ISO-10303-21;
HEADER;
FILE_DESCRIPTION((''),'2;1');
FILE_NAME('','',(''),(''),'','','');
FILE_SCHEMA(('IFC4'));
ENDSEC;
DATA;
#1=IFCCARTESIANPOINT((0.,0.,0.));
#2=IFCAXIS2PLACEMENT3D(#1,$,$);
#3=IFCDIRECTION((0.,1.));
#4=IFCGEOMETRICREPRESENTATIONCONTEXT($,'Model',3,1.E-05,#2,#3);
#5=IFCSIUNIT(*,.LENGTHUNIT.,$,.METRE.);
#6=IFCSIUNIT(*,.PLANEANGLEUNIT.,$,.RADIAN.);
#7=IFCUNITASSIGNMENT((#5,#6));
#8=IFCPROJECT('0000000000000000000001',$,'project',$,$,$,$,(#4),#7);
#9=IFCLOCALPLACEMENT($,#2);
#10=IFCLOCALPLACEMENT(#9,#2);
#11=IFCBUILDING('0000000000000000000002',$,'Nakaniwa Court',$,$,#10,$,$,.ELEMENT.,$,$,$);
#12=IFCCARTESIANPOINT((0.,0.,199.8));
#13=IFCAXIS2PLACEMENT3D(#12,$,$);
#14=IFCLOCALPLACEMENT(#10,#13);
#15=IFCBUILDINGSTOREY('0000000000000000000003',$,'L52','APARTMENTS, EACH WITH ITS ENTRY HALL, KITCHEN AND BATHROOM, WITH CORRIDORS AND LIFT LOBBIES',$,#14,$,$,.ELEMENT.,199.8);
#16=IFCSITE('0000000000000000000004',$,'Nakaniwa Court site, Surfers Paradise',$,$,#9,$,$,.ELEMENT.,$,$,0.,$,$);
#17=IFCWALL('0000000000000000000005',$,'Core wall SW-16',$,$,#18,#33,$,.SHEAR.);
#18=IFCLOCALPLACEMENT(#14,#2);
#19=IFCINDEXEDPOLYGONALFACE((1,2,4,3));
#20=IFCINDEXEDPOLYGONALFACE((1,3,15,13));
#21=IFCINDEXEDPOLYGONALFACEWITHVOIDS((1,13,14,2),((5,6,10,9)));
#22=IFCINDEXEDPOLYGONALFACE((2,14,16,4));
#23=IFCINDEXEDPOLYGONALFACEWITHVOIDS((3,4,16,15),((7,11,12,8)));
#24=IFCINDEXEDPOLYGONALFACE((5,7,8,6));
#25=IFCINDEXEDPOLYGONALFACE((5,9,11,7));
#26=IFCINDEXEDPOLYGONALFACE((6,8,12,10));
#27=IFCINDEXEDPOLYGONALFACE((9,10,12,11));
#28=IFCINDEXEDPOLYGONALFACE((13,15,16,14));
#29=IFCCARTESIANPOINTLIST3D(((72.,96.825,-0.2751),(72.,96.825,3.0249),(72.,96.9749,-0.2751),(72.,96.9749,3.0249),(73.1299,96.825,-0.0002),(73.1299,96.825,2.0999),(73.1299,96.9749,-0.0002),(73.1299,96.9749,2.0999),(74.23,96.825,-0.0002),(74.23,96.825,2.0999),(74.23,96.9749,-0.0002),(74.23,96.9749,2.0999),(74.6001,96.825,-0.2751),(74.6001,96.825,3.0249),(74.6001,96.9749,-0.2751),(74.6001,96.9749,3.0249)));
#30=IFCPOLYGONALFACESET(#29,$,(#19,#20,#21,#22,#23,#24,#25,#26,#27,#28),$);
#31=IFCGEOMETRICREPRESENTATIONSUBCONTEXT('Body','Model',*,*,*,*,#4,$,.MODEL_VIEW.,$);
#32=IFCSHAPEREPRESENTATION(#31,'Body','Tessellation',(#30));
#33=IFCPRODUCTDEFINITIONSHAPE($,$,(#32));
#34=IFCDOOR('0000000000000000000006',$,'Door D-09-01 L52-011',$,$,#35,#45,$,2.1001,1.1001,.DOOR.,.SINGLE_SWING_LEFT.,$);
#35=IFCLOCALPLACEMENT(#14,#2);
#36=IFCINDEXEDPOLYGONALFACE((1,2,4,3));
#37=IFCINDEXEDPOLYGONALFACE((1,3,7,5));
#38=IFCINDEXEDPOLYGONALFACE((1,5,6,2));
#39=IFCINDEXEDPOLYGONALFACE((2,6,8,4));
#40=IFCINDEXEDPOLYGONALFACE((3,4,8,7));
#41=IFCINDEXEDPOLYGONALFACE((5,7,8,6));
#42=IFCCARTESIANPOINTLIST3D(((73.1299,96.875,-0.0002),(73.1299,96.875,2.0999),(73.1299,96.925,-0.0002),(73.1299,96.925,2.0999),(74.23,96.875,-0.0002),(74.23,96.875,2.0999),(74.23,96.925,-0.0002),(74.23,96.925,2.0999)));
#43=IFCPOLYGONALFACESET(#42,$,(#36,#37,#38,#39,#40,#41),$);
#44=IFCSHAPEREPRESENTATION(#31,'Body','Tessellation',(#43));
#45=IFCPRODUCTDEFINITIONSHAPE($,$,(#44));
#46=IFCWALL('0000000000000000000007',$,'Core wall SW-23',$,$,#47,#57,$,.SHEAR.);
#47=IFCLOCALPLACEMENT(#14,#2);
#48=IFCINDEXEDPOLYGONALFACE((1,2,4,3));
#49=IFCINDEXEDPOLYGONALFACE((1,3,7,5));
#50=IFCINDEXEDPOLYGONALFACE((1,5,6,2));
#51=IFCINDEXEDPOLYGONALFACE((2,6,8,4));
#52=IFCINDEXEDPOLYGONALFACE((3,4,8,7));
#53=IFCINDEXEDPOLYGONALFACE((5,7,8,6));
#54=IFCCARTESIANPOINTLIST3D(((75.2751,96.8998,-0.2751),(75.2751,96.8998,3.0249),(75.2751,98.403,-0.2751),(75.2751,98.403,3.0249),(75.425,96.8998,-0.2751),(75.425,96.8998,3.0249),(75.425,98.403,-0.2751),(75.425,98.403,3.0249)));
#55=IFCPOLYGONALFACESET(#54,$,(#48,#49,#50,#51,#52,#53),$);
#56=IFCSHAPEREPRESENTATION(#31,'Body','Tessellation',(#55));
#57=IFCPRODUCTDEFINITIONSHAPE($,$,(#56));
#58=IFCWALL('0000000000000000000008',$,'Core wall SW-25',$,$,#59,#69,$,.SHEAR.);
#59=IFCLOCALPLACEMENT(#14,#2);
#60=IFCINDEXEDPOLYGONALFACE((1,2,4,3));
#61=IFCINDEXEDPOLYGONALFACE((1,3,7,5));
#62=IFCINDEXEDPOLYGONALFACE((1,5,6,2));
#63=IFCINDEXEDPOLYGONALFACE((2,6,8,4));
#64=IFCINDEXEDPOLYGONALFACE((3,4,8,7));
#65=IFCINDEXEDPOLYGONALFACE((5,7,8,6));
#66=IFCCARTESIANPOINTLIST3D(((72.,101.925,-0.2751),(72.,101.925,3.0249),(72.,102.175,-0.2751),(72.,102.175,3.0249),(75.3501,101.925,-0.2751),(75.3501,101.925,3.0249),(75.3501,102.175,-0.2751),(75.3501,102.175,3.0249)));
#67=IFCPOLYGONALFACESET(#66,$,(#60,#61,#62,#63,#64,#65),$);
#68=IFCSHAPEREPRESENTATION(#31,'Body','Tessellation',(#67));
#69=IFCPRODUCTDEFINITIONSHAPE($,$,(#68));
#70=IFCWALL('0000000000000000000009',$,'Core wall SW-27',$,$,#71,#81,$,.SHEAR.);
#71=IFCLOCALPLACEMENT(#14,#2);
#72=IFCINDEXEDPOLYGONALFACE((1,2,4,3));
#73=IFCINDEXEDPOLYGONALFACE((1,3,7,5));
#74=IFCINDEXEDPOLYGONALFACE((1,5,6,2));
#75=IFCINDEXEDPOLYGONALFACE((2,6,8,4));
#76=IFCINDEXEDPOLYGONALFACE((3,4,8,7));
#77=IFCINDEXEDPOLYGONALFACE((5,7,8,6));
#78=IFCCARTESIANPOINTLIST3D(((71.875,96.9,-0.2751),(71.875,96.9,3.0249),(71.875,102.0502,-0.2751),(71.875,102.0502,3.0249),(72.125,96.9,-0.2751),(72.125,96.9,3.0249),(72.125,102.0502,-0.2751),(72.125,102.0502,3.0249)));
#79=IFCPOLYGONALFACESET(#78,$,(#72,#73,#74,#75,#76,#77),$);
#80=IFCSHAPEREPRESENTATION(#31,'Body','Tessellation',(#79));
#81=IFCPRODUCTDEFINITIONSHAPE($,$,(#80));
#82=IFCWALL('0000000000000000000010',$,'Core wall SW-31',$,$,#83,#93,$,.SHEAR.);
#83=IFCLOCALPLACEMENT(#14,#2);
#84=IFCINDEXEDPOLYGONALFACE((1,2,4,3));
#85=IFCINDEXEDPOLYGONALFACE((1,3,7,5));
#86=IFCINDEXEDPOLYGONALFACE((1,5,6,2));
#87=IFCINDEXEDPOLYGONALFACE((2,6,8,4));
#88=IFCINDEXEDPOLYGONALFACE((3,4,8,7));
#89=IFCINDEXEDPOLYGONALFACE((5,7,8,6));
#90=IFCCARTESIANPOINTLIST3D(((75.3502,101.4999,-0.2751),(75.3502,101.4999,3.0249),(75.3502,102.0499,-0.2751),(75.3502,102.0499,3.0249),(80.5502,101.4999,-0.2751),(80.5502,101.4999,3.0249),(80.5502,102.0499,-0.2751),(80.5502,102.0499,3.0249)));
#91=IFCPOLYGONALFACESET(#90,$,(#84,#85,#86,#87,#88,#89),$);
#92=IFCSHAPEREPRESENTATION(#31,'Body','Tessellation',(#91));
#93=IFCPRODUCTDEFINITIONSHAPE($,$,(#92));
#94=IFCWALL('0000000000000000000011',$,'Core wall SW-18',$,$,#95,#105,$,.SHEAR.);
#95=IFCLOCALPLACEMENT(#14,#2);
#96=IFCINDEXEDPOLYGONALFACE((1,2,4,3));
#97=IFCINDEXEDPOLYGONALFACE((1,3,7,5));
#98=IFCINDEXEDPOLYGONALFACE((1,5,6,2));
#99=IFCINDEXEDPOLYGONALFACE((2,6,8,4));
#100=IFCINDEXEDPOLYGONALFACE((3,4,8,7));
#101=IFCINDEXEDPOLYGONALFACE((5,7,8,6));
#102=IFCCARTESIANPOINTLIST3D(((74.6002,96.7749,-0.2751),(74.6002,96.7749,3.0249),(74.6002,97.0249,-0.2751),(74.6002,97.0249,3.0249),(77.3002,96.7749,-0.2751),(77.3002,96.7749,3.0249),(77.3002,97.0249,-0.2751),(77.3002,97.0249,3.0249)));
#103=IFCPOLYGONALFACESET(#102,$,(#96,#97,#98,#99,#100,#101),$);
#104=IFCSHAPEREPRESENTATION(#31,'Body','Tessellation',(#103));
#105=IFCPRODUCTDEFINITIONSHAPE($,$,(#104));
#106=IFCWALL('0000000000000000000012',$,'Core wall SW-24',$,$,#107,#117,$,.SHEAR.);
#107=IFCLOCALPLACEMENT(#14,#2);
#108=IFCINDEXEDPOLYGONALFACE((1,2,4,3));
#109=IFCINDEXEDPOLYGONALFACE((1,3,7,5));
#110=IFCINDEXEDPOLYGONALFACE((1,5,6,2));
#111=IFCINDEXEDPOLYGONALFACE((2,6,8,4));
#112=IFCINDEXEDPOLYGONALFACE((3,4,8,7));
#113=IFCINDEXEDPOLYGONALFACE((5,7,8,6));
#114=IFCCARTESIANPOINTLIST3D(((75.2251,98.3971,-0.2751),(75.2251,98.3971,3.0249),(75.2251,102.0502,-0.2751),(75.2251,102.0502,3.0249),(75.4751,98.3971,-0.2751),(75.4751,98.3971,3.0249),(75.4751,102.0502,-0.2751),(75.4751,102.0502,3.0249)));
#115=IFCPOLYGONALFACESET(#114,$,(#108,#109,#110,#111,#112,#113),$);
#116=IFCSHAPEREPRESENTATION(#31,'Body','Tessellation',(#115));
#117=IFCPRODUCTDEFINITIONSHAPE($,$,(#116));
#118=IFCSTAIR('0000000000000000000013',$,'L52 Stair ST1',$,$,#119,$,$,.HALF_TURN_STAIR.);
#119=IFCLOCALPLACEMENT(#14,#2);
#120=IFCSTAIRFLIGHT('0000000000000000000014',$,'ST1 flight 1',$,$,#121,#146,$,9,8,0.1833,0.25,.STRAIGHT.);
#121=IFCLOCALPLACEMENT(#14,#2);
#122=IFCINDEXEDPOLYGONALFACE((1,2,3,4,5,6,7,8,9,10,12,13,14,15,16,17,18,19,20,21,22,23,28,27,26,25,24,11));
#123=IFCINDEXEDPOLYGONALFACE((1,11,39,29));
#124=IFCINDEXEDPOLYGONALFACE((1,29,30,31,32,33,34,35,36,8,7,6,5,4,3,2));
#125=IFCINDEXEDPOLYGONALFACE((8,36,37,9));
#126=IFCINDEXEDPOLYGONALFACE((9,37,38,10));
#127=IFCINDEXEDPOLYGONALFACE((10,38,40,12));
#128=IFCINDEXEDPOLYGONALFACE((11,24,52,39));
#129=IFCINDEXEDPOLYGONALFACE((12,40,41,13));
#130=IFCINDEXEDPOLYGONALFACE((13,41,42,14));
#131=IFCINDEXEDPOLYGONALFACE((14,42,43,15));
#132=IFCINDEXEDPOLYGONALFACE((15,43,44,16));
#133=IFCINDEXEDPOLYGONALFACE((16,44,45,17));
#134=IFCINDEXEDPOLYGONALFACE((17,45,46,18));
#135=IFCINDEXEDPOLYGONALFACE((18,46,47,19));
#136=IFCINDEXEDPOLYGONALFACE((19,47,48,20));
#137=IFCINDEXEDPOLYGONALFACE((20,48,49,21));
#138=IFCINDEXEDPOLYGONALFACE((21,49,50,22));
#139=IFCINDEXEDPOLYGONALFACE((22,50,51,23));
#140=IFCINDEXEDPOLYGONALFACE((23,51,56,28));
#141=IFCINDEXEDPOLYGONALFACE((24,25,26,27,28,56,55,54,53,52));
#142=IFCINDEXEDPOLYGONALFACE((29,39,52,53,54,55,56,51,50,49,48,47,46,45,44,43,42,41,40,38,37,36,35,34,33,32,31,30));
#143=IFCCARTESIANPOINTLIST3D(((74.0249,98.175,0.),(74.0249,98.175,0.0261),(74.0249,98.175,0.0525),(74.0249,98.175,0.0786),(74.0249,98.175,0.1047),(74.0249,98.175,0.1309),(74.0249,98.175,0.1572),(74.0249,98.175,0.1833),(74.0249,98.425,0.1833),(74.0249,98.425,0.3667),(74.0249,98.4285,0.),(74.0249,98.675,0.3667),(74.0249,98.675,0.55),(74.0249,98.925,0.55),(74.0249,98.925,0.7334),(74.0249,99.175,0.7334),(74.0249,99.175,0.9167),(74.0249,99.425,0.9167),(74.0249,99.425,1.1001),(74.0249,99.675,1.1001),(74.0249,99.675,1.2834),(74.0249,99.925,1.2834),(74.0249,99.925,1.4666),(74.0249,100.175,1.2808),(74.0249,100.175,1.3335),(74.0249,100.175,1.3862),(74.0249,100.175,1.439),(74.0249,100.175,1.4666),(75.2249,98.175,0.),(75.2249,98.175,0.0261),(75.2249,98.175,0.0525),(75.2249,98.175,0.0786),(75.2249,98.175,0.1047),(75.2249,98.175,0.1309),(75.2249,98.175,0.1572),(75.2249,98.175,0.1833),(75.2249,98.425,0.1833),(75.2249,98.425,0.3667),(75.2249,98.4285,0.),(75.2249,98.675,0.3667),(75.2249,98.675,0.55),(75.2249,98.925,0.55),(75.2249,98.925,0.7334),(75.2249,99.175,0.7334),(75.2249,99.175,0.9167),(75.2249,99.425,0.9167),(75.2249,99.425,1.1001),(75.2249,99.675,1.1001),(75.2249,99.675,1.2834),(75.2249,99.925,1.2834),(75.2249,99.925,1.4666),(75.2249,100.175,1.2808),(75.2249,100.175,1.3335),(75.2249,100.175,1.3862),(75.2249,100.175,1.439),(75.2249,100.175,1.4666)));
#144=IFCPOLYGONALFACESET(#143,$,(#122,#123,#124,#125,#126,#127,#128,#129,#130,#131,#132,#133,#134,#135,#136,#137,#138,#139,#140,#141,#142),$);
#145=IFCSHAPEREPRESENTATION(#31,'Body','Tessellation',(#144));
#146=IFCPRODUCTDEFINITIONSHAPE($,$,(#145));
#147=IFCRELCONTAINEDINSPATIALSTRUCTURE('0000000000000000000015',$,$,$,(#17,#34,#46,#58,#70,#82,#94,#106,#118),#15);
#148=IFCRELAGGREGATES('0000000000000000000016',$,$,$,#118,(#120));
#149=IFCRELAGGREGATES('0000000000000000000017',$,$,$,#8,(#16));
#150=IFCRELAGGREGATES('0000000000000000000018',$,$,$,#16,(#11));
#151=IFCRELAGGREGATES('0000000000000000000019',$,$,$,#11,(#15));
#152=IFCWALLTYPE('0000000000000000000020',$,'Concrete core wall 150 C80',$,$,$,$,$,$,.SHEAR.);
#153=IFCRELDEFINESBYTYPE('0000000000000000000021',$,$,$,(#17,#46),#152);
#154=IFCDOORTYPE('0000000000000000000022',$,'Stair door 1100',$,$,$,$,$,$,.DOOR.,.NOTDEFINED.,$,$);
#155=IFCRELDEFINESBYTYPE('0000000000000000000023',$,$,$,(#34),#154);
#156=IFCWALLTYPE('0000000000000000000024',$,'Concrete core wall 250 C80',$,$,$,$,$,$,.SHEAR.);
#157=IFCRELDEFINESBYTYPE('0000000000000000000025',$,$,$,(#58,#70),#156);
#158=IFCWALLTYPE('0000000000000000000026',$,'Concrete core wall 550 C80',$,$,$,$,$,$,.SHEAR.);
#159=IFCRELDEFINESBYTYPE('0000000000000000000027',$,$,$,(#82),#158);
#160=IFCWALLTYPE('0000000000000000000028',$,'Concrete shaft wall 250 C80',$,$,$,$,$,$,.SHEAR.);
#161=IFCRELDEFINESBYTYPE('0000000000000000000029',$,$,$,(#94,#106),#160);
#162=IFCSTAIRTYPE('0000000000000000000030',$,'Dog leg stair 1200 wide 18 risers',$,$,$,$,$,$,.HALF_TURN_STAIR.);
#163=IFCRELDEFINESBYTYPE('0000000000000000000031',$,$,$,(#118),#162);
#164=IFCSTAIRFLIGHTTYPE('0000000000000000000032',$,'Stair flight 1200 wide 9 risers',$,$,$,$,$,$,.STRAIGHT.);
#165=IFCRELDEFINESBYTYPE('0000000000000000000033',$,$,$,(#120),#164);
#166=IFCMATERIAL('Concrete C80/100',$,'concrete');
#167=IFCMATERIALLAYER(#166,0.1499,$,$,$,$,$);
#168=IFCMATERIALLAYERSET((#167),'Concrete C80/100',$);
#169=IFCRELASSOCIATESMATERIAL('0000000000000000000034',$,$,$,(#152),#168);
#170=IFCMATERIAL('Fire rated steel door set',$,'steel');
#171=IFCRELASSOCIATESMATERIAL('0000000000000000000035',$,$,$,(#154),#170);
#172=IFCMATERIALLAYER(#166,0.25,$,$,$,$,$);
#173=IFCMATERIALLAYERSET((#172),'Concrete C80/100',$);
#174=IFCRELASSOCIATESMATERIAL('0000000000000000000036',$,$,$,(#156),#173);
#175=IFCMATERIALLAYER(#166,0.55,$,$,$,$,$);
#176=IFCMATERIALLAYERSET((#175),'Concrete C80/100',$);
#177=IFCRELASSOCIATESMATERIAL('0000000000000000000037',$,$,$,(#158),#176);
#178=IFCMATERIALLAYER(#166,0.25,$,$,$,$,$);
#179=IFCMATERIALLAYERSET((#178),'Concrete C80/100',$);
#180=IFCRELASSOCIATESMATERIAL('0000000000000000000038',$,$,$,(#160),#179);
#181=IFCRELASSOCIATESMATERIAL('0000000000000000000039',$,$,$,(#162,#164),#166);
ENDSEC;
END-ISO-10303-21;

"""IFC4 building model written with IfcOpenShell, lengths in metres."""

from ifc_helpers import new_model, si_unit, direction, frame, frame_2d, origin, place, context, subcontext, project, spatial, polyline, rectangle, outline, extrude, material, layer, layer_set, type_object, element, fill, aggregate, save


model = new_model("IFC4")

# Units and contexts
model_context = context("Model", 3, precision=1e-05, world=origin(), true_north=direction((0.0, 1.0)))
body_context = subcontext(model_context, "Body", "Model", "MODEL_VIEW")
ifc_project = project(units=[si_unit("LENGTHUNIT", "METRE"), si_unit("PLANEANGLEUNIT", "RADIAN")], contexts=[model_context])

# Site, building, storey
site_placement = place(None, origin())
site = spatial("IfcSite", under=ifc_project, at=site_placement, Name="Nakaniwa Court site, Surfers Paradise", CompositionType="ELEMENT", RefElevation=0.0)
building_placement = place(site_placement, origin())
building = spatial("IfcBuilding", under=site, at=building_placement, Name="Nakaniwa Court", CompositionType="ELEMENT")
storey_placement = place(building_placement, frame((0.0, 0.0, 199.8)))
storey = spatial("IfcBuildingStorey", under=building, at=storey_placement, Name="L52", Description="APARTMENTS, EACH WITH ITS ENTRY HALL, KITCHEN AND BATHROOM, WITH CORRIDORS AND LIFT LOBBIES", CompositionType="ELEMENT", Elevation=199.8)

# Shared definitions
ifc_material_1 = material(Name="Concrete C80/100", Category="concrete")

# Shared definitions
ifc_material_2 = material(Name="Fire rated steel door set", Category="steel")

# Wall, opening, door
ifc_layer_1 = layer(ifc_material_1, 0.1499)
ifc_layer_set_1 = layer_set([ifc_layer_1], Name="Concrete C80/100")
wall_type_1 = type_object("IfcWallType", Name="Concrete core wall 150 C80", PredefinedType="SHEAR", material=ifc_layer_set_1)
wall_1_placement = place(storey_placement, frame((74.6001, 96.8999, -0.2751), z_axis=(0.0, 0.0, 1.0), x_axis=(-1.0, 0.0, 0.0)))
wall_1 = element("IfcWall", 1, at=wall_1_placement, inside=storey, type_object=wall_type_1, Name="Core wall SW-16", PredefinedType="SHEAR", context=body_context, shape_type="SweptSolid", body=[
    extrude(rectangle(XDim=2.6001, YDim=0.1499, at=frame_2d((1.3, 0.0))), origin(), (0.0, 0.0, 1.0), 3.3),
])
opening_1_placement = place(wall_1_placement, frame((0.3701, 0.0, 0.2749)))
opening_1 = element("IfcOpeningElement", 2, at=opening_1_placement, cuts=wall_1, PredefinedType="OPENING", context=body_context, shape_type="SweptSolid", body=[
    extrude(rectangle(XDim=1.1001, YDim=2.1001, at=frame_2d((0.55, 1.05))), frame((0.0, 0.085, 0.0), z_axis=(0.0, -1.0, 0.0), x_axis=(1.0, 0.0, 0.0)), (0.0, 0.0, 1.0), 0.1699),
])
door_type_1 = type_object("IfcDoorType", Name="Stair door 1100", OperationType="NOTDEFINED", PredefinedType="DOOR", material=ifc_material_2)
door_1_placement = place(opening_1_placement, origin())
door_1 = element("IfcDoor", 3, at=door_1_placement, inside=storey, type_object=door_type_1, Name="Door D-09-01 L52-011", OperationType="SINGLE_SWING_LEFT", OverallHeight=2.1001, OverallWidth=1.1001, PredefinedType="DOOR", context=body_context, shape_type="SweptSolid", body=[
    extrude(rectangle(XDim=1.1001, YDim=2.1001, at=frame_2d((0.55, 1.05))), frame((0.0, 0.0249, 0.0), z_axis=(0.0, -1.0, 0.0), x_axis=(1.0, 0.0, 0.0)), (0.0, 0.0, 1.0), 0.05),
])
fill(opening_1, door_1)

# Walls
wall_2_placement = place(storey_placement, frame((75.3501, 96.8999, -0.2751), z_axis=(0.0, 0.0, 1.0), x_axis=(0.0, 1.0, 0.0)))
element("IfcWall", 4, at=wall_2_placement, inside=storey, type_object=wall_type_1, Name="Core wall SW-23", PredefinedType="SHEAR", context=body_context, shape_type="SweptSolid", body=[
    extrude(rectangle(XDim=1.5032, YDim=0.1499, at=frame_2d((0.7515, 0.0))), origin(), (0.0, 0.0, 1.0), 3.3),
])
ifc_layer_2 = layer(ifc_material_1, 0.25)
ifc_layer_set_2 = layer_set([ifc_layer_2], Name="Concrete C80/100")
wall_type_2 = type_object("IfcWallType", Name="Concrete core wall 250 C80", PredefinedType="SHEAR", material=ifc_layer_set_2)
wall_3_placement = place(storey_placement, frame((72.0, 102.05, -0.2751), z_axis=(0.0, 0.0, 1.0), x_axis=(1.0, 0.0, 0.0)))
element("IfcWall", 5, at=wall_3_placement, inside=storey, type_object=wall_type_2, Name="Core wall SW-25", PredefinedType="SHEAR", context=body_context, shape_type="SweptSolid", body=[
    extrude(rectangle(XDim=3.3501, YDim=0.25, at=frame_2d((1.675, 0.0))), origin(), (0.0, 0.0, 1.0), 3.3),
])
wall_4_placement = place(storey_placement, frame((72.0, 96.8999, -0.2751), z_axis=(0.0, 0.0, 1.0), x_axis=(0.0, 1.0, 0.0)))
element("IfcWall", 6, at=wall_4_placement, inside=storey, type_object=wall_type_2, Name="Core wall SW-27", PredefinedType="SHEAR", context=body_context, shape_type="SweptSolid", body=[
    extrude(rectangle(XDim=5.1501, YDim=0.25, at=frame_2d((2.5752, 0.0))), origin(), (0.0, 0.0, 1.0), 3.3),
])
ifc_layer_3 = layer(ifc_material_1, 0.55)
ifc_layer_set_3 = layer_set([ifc_layer_3], Name="Concrete C80/100")
wall_type_3 = type_object("IfcWallType", Name="Concrete core wall 550 C80", PredefinedType="SHEAR", material=ifc_layer_set_3)
wall_5_placement = place(storey_placement, frame((75.3501, 101.7749, -0.2751), z_axis=(0.0, 0.0, 1.0), x_axis=(1.0, 0.0, 0.0)))
element("IfcWall", 7, at=wall_5_placement, inside=storey, type_object=wall_type_3, Name="Core wall SW-31", PredefinedType="SHEAR", context=body_context, shape_type="SweptSolid", body=[
    extrude(rectangle(XDim=5.2, YDim=0.55, at=frame_2d((2.6001, 0.0))), origin(), (0.0, 0.0, 1.0), 3.3),
])
ifc_layer_4 = layer(ifc_material_1, 0.25)
ifc_layer_set_4 = layer_set([ifc_layer_4], Name="Concrete C80/100")
wall_type_4 = type_object("IfcWallType", Name="Concrete shaft wall 250 C80", PredefinedType="SHEAR", material=ifc_layer_set_4)
wall_6_placement = place(storey_placement, frame((74.6001, 96.8999, -0.2751), z_axis=(0.0, 0.0, 1.0), x_axis=(1.0, 0.0, 0.0)))
element("IfcWall", 8, at=wall_6_placement, inside=storey, type_object=wall_type_4, Name="Core wall SW-18", PredefinedType="SHEAR", context=body_context, shape_type="SweptSolid", body=[
    extrude(rectangle(XDim=2.7, YDim=0.25, at=frame_2d((1.3501, 0.0))), origin(), (0.0, 0.0, 1.0), 3.3),
])
wall_7_placement = place(storey_placement, frame((75.3501, 98.397, -0.2751), z_axis=(0.0, 0.0, 1.0), x_axis=(0.0, 1.0, 0.0)))
element("IfcWall", 9, at=wall_7_placement, inside=storey, type_object=wall_type_4, Name="Core wall SW-24", PredefinedType="SHEAR", context=body_context, shape_type="SweptSolid", body=[
    extrude(rectangle(XDim=3.6531, YDim=0.25, at=frame_2d((1.8267, 0.0))), origin(), (0.0, 0.0, 1.0), 3.3),
])

# Stair, stair flight
stair_type = type_object("IfcStairType", Name="Dog leg stair 1200 wide 18 risers", PredefinedType="HALF_TURN_STAIR", material=ifc_material_1)
stair_placement = place(storey_placement, origin())
stair = element("IfcStair", 10, at=stair_placement, inside=storey, type_object=stair_type, Name="L52 Stair ST1", PredefinedType="HALF_TURN_STAIR")
stair_flight_type = type_object("IfcStairFlightType", Name="Stair flight 1200 wide 9 risers", PredefinedType="STRAIGHT", material=ifc_material_1)
stair_flight_1_placement = place(storey_placement, frame((74.625, 98.175, 0.0), z_axis=(0.0, 0.0, 1.0), x_axis=(0.0, 1.0, 0.0)))
stair_flight_1 = element("IfcStairFlight", 11, at=stair_flight_1_placement, type_object=stair_flight_type, Name="ST1 flight 1", NumberOfRisers=9, NumberOfTreads=8, PredefinedType="STRAIGHT", RiserHeight=0.1833, TreadLength=0.25, context=body_context, shape_type="SweptSolid", body=[
    extrude(outline(polyline([(0.0, 0.0), (0.0, 0.0261), (0.0, 0.0525), (0.0, 0.0786), (0.0, 0.1047), (0.0, 0.1309), (0.0, 0.1572), (0.0, 0.1833), (0.25, 0.1833), (0.25, 0.3667), (0.5, 0.3667), (0.5, 0.55), (0.75, 0.55), (0.75, 0.7334), (1.0, 0.7334), (1.0, 0.9167), (1.25, 0.9167), (1.25, 1.1001), (1.5, 1.1001), (1.5, 1.2834), (1.75, 1.2834), (1.75, 1.4666), (2.0, 1.4666), (2.0, 1.6499), (2.0, 1.5972), (2.0, 1.5444), (2.0, 1.4917), (2.0, 1.439), (2.0, 1.3862), (2.0, 1.3335), (2.0, 1.2808), (0.2534, 0.0), (0.0, 0.0)])), frame((0.0, 0.6001, 0.0), z_axis=(0.0, -1.0, 0.0), x_axis=(1.0, 0.0, 0.0)), (0.0, 0.0, 1.0), 1.2),
])
aggregate(stair, [stair_flight_1])

save(model, "model.ifc")
